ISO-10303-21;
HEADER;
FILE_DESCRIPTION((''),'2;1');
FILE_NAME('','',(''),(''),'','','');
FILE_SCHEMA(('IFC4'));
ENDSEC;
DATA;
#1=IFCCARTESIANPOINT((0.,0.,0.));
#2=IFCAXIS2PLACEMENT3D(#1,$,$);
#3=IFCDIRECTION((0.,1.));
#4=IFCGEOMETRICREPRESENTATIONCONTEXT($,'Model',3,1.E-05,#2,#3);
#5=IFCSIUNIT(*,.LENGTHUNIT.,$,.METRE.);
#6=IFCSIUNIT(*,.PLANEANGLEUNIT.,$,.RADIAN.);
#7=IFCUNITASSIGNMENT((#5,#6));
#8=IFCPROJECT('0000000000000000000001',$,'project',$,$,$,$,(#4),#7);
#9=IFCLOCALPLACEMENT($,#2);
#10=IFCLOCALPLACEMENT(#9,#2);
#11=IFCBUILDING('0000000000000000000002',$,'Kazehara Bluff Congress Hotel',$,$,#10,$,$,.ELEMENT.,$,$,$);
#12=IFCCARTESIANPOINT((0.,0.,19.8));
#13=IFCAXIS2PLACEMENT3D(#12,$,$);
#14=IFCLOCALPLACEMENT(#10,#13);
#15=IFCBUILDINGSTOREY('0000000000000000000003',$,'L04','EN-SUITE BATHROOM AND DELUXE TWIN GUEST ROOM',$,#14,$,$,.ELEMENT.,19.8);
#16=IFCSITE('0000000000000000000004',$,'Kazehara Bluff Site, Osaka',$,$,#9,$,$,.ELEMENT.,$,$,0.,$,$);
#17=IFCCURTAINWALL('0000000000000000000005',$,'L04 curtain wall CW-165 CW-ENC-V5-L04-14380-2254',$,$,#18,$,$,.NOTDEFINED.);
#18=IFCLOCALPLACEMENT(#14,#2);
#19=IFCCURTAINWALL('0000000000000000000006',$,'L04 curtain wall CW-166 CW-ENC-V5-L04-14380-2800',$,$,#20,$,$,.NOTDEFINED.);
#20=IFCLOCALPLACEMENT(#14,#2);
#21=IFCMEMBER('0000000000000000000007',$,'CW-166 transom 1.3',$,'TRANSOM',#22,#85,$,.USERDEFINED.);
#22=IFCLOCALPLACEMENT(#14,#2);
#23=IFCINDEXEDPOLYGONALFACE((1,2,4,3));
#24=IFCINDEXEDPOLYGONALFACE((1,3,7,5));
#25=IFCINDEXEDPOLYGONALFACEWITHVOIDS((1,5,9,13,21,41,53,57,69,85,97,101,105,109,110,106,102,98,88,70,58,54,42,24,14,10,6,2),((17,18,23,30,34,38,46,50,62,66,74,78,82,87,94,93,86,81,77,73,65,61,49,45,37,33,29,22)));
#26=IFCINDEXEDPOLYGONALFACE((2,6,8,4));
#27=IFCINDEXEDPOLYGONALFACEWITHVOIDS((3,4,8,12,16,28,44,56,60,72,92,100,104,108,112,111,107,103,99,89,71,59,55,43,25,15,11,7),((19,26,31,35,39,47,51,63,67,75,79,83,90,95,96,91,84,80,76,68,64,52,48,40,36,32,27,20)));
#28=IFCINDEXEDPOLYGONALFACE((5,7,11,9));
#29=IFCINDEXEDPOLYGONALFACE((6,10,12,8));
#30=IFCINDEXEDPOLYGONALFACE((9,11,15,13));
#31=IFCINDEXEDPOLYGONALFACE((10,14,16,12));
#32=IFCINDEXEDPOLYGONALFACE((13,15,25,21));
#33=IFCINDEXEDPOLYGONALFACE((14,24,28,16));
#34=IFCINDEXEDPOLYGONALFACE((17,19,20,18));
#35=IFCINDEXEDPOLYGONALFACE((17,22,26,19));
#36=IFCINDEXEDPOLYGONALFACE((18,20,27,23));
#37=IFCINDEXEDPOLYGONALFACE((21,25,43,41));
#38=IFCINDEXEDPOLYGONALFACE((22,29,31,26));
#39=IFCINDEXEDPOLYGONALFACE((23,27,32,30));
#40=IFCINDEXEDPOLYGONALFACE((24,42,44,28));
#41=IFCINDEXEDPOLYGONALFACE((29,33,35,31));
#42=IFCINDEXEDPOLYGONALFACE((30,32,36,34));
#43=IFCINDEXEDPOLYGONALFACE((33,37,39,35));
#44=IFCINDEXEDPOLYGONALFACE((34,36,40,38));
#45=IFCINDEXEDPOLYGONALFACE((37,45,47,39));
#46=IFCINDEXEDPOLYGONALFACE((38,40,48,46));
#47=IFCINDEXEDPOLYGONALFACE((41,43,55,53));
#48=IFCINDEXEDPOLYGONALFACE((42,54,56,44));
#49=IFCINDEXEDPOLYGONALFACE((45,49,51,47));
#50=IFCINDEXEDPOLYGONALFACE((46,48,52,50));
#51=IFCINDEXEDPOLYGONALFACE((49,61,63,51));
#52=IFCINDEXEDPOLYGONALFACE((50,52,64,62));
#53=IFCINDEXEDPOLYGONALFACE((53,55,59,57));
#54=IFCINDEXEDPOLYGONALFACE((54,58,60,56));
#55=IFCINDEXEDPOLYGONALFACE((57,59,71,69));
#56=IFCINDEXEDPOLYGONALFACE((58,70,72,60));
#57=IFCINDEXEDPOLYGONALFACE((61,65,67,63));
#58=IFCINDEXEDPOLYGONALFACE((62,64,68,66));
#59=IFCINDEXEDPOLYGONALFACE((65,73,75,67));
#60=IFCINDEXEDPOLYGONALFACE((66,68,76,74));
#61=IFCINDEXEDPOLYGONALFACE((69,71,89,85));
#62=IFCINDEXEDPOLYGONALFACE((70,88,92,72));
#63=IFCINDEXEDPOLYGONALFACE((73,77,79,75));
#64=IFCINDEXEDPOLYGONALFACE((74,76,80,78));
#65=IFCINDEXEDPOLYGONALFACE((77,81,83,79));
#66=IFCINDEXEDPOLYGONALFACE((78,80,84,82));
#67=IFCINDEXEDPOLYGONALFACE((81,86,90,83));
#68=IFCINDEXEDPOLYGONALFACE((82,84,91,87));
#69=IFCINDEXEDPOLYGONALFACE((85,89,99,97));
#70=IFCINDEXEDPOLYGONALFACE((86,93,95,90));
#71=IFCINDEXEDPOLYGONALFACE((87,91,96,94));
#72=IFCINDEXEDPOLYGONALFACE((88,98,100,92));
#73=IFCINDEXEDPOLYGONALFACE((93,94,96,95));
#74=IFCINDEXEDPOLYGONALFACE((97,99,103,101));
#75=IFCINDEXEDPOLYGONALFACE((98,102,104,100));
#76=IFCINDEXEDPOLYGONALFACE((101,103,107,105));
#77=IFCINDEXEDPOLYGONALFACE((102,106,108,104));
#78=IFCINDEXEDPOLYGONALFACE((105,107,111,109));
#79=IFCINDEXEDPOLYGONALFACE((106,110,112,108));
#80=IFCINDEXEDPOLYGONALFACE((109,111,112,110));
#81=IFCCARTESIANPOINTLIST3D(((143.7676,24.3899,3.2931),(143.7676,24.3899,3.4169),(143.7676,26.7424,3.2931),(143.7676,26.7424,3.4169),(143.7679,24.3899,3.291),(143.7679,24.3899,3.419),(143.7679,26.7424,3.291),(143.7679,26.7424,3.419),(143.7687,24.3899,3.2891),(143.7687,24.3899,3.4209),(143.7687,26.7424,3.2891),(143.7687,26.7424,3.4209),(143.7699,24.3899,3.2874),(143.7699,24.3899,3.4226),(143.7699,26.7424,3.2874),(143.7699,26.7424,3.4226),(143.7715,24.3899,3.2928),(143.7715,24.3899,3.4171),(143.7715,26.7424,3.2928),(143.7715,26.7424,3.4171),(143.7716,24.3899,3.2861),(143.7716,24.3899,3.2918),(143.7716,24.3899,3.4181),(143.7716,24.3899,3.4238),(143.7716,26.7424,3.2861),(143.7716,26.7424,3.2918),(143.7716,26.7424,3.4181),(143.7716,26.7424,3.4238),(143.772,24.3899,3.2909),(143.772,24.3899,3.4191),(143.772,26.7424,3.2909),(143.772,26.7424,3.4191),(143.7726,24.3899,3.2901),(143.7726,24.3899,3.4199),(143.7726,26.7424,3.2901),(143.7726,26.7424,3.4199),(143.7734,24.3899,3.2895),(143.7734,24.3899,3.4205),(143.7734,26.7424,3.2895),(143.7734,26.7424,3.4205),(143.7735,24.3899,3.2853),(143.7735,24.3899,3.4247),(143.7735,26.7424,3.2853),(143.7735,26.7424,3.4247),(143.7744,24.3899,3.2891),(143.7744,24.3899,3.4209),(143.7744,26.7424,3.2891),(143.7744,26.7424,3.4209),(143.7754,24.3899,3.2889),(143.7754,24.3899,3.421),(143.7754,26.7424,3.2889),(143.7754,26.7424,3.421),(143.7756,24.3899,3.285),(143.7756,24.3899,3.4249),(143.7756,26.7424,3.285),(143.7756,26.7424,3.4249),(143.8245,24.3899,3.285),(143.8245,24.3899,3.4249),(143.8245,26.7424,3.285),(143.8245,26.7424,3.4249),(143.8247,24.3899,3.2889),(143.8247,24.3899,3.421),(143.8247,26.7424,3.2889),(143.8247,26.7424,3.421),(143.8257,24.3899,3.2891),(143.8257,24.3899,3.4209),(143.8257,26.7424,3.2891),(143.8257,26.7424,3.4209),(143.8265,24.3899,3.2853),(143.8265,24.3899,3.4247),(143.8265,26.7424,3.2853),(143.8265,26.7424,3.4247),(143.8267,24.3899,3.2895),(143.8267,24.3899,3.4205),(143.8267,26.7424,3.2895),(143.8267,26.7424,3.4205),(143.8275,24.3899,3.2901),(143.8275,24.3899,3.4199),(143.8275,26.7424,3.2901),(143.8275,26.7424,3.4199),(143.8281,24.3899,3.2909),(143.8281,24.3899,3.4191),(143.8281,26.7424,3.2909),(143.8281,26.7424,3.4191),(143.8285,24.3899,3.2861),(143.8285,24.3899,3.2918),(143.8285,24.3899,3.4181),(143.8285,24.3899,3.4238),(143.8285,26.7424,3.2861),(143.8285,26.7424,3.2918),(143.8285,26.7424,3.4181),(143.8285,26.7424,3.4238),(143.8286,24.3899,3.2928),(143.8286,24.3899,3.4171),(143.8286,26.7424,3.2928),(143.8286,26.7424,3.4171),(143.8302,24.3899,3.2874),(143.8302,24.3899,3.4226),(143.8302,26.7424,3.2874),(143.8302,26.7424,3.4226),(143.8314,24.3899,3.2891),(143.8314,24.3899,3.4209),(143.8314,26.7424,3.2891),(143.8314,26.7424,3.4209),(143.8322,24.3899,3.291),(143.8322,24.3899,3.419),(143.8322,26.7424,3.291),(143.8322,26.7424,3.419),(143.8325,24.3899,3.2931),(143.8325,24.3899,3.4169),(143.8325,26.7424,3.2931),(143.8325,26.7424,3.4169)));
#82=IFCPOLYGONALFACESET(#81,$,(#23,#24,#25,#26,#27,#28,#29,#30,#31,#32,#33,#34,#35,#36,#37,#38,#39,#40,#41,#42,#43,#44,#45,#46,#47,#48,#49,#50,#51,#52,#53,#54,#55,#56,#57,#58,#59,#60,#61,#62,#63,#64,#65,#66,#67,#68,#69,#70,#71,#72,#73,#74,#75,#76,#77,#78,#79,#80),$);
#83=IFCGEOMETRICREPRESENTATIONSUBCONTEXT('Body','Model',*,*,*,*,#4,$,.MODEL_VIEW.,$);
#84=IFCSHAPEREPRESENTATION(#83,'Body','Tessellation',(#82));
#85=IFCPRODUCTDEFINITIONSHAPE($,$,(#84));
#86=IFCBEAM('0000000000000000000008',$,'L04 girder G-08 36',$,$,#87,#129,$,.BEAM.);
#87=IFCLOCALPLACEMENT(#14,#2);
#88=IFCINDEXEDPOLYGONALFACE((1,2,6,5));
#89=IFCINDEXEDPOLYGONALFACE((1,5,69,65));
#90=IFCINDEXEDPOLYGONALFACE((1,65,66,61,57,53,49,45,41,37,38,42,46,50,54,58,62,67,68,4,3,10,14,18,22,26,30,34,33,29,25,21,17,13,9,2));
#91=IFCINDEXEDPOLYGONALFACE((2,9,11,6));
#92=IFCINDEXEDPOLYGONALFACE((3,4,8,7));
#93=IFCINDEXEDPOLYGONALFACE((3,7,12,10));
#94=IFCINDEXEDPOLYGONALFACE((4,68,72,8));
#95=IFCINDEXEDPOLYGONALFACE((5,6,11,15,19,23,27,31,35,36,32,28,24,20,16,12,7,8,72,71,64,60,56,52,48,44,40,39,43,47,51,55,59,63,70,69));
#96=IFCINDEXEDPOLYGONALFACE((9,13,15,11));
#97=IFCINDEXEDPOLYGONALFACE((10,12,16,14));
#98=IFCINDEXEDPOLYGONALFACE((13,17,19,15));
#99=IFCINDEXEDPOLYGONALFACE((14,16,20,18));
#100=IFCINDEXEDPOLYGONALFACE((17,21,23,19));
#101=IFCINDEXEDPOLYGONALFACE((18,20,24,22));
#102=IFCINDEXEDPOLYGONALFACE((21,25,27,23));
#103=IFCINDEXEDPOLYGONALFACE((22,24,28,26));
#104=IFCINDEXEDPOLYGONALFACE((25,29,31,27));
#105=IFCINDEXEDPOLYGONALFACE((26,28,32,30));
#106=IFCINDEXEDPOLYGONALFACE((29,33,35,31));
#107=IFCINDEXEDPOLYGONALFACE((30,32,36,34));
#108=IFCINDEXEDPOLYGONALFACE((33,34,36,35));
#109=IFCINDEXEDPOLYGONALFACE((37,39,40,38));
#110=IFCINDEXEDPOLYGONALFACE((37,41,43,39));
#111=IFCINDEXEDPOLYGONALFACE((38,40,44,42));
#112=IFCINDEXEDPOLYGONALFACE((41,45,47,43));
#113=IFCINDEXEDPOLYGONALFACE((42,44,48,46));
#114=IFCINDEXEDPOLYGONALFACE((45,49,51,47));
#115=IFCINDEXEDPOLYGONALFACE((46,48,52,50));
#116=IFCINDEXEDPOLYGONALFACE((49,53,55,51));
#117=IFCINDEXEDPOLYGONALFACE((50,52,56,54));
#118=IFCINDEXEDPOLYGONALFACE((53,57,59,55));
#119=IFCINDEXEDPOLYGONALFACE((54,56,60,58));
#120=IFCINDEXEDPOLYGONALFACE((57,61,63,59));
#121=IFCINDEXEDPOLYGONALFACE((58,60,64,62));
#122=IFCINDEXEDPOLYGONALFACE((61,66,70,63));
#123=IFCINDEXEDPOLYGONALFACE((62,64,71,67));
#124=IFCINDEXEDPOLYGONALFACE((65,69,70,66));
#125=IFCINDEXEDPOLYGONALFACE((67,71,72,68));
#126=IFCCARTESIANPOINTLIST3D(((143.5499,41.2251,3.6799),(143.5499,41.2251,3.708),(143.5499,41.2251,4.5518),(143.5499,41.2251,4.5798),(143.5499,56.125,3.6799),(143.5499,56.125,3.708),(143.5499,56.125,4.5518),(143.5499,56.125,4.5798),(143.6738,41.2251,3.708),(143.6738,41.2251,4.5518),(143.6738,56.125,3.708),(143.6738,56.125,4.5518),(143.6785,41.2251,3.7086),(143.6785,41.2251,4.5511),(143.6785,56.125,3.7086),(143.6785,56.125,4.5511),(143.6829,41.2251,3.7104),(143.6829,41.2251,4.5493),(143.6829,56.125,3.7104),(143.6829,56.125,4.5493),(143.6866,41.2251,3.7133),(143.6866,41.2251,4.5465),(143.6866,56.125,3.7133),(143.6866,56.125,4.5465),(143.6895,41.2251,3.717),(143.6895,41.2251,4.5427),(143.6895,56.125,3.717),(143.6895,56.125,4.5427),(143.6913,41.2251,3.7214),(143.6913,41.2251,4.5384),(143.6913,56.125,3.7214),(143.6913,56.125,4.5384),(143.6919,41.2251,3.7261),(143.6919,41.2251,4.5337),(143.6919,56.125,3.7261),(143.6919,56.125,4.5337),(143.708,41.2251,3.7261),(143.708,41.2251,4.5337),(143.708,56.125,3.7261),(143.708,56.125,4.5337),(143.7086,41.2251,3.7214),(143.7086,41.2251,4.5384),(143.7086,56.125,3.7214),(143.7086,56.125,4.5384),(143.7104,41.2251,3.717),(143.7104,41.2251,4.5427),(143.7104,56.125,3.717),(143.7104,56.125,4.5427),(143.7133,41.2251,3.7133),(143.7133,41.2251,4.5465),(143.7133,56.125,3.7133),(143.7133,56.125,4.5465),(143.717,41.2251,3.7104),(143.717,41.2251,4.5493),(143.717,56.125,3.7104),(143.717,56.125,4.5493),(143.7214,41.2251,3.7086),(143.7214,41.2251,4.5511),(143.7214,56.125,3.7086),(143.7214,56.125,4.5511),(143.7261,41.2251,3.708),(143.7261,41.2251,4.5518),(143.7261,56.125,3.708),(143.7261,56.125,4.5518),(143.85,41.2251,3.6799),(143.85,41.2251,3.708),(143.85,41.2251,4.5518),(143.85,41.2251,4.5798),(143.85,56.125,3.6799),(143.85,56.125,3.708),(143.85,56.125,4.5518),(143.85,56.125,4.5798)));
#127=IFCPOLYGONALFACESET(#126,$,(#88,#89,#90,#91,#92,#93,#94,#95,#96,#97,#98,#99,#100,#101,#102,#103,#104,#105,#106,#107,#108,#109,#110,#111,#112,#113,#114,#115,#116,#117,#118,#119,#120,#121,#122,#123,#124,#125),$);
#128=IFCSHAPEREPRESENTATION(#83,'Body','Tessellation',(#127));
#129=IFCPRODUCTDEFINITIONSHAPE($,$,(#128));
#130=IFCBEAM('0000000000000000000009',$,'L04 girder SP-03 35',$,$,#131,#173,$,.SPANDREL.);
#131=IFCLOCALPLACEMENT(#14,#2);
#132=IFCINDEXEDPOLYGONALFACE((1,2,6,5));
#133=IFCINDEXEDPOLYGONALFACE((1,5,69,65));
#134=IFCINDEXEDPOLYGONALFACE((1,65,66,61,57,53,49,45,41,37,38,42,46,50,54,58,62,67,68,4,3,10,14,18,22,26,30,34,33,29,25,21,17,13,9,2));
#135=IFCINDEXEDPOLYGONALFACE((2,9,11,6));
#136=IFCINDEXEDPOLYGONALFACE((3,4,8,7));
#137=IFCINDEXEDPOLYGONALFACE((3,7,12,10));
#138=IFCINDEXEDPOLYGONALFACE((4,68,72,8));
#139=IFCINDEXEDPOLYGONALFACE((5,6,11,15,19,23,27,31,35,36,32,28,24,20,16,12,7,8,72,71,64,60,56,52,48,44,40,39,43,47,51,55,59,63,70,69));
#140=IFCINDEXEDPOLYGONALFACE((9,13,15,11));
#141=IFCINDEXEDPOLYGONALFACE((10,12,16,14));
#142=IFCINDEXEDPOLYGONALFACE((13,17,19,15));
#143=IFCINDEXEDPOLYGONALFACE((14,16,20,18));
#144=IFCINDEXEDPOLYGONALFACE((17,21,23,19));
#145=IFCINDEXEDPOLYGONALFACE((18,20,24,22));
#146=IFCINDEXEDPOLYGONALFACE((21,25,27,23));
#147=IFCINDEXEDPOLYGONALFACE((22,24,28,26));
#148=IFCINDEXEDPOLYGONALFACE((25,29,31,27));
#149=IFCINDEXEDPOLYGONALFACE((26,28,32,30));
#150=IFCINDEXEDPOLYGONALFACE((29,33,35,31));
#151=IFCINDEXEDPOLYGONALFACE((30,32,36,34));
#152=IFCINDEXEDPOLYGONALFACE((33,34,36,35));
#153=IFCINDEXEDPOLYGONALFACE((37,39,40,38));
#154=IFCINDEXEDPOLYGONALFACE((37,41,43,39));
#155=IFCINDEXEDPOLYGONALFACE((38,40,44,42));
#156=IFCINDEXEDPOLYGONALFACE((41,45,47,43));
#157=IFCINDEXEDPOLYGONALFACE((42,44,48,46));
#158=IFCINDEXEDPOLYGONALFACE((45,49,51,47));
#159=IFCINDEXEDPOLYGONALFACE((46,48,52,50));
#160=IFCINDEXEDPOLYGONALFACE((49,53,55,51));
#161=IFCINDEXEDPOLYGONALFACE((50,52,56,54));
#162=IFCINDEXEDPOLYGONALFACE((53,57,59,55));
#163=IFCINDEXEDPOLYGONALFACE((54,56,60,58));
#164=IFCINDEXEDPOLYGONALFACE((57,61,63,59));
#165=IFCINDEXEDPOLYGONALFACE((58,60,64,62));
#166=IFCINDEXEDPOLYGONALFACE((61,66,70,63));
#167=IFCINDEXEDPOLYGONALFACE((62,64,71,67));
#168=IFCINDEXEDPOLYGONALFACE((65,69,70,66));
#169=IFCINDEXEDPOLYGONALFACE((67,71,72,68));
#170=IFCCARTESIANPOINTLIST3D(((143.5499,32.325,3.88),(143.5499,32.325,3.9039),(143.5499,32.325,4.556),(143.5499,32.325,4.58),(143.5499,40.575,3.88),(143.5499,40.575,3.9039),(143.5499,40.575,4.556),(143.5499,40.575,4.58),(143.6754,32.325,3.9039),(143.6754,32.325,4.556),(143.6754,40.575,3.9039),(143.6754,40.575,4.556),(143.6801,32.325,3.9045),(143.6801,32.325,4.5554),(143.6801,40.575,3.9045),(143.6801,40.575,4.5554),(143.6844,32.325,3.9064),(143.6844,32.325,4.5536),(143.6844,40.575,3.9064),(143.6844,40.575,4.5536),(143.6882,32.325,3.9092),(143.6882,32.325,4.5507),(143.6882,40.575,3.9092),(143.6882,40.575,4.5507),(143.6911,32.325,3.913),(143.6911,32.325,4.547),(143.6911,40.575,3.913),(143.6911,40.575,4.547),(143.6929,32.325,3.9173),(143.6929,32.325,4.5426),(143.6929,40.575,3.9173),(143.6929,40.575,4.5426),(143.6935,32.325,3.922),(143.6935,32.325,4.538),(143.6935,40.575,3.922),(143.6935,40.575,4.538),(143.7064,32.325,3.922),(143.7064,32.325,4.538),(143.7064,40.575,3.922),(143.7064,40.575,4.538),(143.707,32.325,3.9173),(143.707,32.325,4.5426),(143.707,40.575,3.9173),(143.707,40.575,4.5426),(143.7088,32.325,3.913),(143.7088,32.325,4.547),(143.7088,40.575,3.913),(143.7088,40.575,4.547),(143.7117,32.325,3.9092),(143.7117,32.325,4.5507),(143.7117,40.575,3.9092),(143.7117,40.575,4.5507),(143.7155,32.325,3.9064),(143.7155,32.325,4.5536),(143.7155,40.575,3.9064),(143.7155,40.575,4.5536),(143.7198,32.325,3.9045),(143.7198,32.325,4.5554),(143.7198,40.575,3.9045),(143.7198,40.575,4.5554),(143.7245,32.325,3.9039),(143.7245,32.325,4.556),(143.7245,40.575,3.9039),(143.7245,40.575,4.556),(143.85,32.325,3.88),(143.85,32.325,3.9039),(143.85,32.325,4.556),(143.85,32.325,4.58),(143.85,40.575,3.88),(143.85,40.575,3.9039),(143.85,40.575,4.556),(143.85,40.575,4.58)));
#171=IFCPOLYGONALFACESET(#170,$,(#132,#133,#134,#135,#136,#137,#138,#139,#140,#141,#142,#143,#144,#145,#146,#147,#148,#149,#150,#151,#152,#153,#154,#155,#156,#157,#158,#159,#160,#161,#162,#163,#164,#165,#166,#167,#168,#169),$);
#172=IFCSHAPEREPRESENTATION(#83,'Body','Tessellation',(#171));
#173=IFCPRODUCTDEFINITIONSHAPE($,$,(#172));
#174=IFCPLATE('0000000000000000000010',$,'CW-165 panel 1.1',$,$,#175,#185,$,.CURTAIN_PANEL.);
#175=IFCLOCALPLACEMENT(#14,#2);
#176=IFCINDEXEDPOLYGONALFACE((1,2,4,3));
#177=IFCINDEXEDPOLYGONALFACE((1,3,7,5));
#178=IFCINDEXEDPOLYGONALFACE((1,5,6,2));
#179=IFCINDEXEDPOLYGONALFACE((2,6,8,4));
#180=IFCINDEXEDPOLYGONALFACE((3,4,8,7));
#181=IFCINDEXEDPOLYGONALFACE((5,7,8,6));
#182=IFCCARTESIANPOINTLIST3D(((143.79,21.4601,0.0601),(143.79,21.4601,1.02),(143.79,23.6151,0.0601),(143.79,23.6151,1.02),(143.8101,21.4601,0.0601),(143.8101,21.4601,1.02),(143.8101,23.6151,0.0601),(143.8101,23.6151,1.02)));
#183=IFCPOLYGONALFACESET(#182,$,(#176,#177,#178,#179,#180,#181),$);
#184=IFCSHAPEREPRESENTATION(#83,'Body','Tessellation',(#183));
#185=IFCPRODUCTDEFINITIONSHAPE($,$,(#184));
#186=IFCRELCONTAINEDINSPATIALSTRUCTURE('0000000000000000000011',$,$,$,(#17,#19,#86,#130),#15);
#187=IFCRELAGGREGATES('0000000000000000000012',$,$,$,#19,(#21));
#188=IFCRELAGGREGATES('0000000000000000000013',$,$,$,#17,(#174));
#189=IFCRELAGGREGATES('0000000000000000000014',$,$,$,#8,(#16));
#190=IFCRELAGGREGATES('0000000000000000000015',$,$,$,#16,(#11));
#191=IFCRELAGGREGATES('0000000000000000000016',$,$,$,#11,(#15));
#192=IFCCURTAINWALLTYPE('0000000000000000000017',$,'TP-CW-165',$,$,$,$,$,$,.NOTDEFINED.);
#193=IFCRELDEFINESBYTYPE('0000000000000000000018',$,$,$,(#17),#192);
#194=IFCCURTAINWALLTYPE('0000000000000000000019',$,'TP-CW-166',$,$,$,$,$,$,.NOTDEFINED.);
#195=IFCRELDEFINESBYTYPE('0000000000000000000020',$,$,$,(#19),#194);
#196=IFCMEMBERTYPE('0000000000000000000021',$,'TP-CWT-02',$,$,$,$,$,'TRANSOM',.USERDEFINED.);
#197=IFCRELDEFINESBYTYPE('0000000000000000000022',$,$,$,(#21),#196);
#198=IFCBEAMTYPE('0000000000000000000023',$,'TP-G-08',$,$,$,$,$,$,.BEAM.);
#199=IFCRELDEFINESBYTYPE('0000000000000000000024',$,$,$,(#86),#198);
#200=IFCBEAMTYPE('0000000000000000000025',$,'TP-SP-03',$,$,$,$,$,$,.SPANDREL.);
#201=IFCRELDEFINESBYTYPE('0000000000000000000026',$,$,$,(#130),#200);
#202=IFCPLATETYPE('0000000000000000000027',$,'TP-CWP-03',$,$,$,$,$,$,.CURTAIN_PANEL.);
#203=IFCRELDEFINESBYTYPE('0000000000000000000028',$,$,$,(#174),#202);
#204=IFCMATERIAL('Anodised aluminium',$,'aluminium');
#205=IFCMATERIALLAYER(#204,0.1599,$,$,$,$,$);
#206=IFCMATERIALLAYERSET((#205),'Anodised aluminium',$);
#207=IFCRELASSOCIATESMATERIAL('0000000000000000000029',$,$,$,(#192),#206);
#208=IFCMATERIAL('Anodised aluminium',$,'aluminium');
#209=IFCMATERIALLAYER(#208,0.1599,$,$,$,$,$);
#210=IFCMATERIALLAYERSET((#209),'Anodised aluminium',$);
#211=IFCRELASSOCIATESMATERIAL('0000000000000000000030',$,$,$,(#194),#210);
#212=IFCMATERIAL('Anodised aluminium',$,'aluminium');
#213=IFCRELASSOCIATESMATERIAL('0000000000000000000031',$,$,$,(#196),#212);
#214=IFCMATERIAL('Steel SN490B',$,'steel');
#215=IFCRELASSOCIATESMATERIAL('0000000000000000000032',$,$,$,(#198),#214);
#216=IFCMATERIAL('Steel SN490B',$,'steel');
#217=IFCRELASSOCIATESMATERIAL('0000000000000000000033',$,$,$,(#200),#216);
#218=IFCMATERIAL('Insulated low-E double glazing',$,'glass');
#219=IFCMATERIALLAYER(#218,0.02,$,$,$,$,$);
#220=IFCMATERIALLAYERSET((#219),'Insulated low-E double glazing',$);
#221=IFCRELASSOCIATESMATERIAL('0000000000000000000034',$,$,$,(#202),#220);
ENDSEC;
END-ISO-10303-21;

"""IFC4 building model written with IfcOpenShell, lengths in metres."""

from ifc_helpers import new_model, si_unit, direction, frame, origin, origin_2d, place, context, subcontext, project, spatial, rectangle, hollow_rectangle, i_section, extrude, material, layer, layer_set, material_profile, profile_set, type_object, element, aggregate, save


model = new_model("IFC4")

# Units and contexts
model_context = context("Model", 3, precision=1e-05, world=origin(), true_north=direction((0.0, 1.0)))
body_context = subcontext(model_context, "Body", "Model", "MODEL_VIEW")
ifc_project = project(units=[si_unit("LENGTHUNIT", "METRE"), si_unit("PLANEANGLEUNIT", "RADIAN")], contexts=[model_context])

# Site, building, storey
site_placement = place(None, origin())
site = spatial("IfcSite", under=ifc_project, at=site_placement, Name="Kazehara Bluff Site, Osaka", CompositionType="ELEMENT", RefElevation=0.0)
building_placement = place(site_placement, origin())
building = spatial("IfcBuilding", under=site, at=building_placement, Name="Kazehara Bluff Congress Hotel", CompositionType="ELEMENT")
storey_placement = place(building_placement, frame((0.0, 0.0, 19.8)))
storey = spatial("IfcBuildingStorey", under=building, at=storey_placement, Name="L04", Description="EN-SUITE BATHROOM AND DELUXE TWIN GUEST ROOM", CompositionType="ELEMENT", Elevation=19.8)

# Curtain wall
ifc_material_1 = material(Name="Anodised aluminium", Category="aluminium")
ifc_layer_1 = layer(ifc_material_1, 0.1599)
ifc_layer_set_1 = layer_set([ifc_layer_1], Name="Anodised aluminium")
curtain_wall_type_1 = type_object("IfcCurtainWallType", Name="TP-CW-165", PredefinedType="NOTDEFINED", material=ifc_layer_set_1)
curtain_wall_1_placement = place(storey_placement, origin())
curtain_wall_1 = element("IfcCurtainWall", 1, at=curtain_wall_1_placement, inside=storey, type_object=curtain_wall_type_1, Name="L04 curtain wall CW-165 CW-ENC-V5-L04-14380-2254", PredefinedType="NOTDEFINED")

# Curtain wall
ifc_material_2 = material(Name="Anodised aluminium", Category="aluminium")
ifc_layer_2 = layer(ifc_material_2, 0.1599)
ifc_layer_set_2 = layer_set([ifc_layer_2], Name="Anodised aluminium")
curtain_wall_type_2 = type_object("IfcCurtainWallType", Name="TP-CW-166", PredefinedType="NOTDEFINED", material=ifc_layer_set_2)
curtain_wall_2_placement = place(storey_placement, origin())
curtain_wall_2 = element("IfcCurtainWall", 2, at=curtain_wall_2_placement, inside=storey, type_object=curtain_wall_type_2, Name="L04 curtain wall CW-166 CW-ENC-V5-L04-14380-2800", PredefinedType="NOTDEFINED")

# Member
ifc_material_3 = material(Name="Anodised aluminium", Category="aluminium")
ifc_material_profile_1 = material_profile(ifc_material_3, hollow_rectangle(XDim=0.0649, YDim=0.1399, WallThickness=0.0039, InnerFilletRadius=0.0039, OuterFilletRadius=0.0081, at=origin_2d()))
ifc_profile_set_1 = profile_set([ifc_material_profile_1], Name="Anodised aluminium")
member_type_1 = type_object("IfcMemberType", Name="TP-CWT-02", ElementType="TRANSOM", PredefinedType="USERDEFINED", material=ifc_profile_set_1)
member_1_placement = place(storey_placement, frame((143.8, 24.3899, 3.355), z_axis=(0.0, 1.0, 0.0), x_axis=(-1.0, 0.0, 0.0)))
member_1 = element("IfcMember", 3, at=member_1_placement, type_object=member_type_1, Name="CW-166 transom 1.3", ObjectType="TRANSOM", PredefinedType="USERDEFINED", context=body_context, shape_type="SweptSolid", body=[
    extrude(hollow_rectangle(XDim=0.0649, YDim=0.1399, WallThickness=0.0039, InnerFilletRadius=0.0039, OuterFilletRadius=0.0081, at=origin_2d()), origin(), (0.0, 0.0, 1.0), 2.3525),
])
aggregate(curtain_wall_2, [member_1])

# Beams
ifc_material_4 = material(Name="Steel SN490B", Category="steel")
ifc_material_profile_2 = material_profile(ifc_material_4, i_section(OverallWidth=0.3, OverallDepth=0.8999, WebThickness=0.0161, FlangeThickness=0.0281, FilletRadius=0.0181, at=origin_2d()))
ifc_profile_set_2 = profile_set([ifc_material_profile_2], Name="Steel SN490B")
beam_type_1 = type_object("IfcBeamType", Name="TP-G-08", PredefinedType="BEAM", material=ifc_profile_set_2)
beam_1_placement = place(storey_placement, frame((143.7, 41.2251, 4.1299), z_axis=(0.0, 1.0, 0.0), x_axis=(-1.0, 0.0, 0.0)))
element("IfcBeam", 4, at=beam_1_placement, inside=storey, type_object=beam_type_1, Name="L04 girder G-08 36", PredefinedType="BEAM", context=body_context, shape_type="SweptSolid", body=[
    extrude(i_section(OverallWidth=0.3, OverallDepth=0.8999, WebThickness=0.0161, FlangeThickness=0.0281, FilletRadius=0.0181, at=origin_2d()), origin(), (0.0, 0.0, 1.0), 14.8999),
])
ifc_material_5 = material(Name="Steel SN490B", Category="steel")
ifc_material_profile_3 = material_profile(ifc_material_5, i_section(OverallWidth=0.3, OverallDepth=0.7, WebThickness=0.0129, FlangeThickness=0.0239, FilletRadius=0.0181, at=origin_2d()))
ifc_profile_set_3 = profile_set([ifc_material_profile_3], Name="Steel SN490B")
beam_type_2 = type_object("IfcBeamType", Name="TP-SP-03", PredefinedType="SPANDREL", material=ifc_profile_set_3)
beam_2_placement = place(storey_placement, frame((143.7, 32.325, 4.23), z_axis=(0.0, 1.0, 0.0), x_axis=(-1.0, 0.0, 0.0)))
element("IfcBeam", 5, at=beam_2_placement, inside=storey, type_object=beam_type_2, Name="L04 girder SP-03 35", PredefinedType="SPANDREL", context=body_context, shape_type="SweptSolid", body=[
    extrude(i_section(OverallWidth=0.3, OverallDepth=0.7, WebThickness=0.0129, FlangeThickness=0.0239, FilletRadius=0.0181, at=origin_2d()), origin(), (0.0, 0.0, 1.0), 8.25),
])

# Plate
ifc_material_6 = material(Name="Insulated low-E double glazing", Category="glass")
ifc_layer_3 = layer(ifc_material_6, 0.02)
ifc_layer_set_3 = layer_set([ifc_layer_3], Name="Insulated low-E double glazing")
plate_type = type_object("IfcPlateType", Name="TP-CWP-03", PredefinedType="CURTAIN_PANEL", material=ifc_layer_set_3)
plate_1_placement = place(storey_placement, frame((143.8, 22.5376, 0.0601), z_axis=(0.0, 0.0, 1.0), x_axis=(0.0, 1.0, 0.0)))
plate_1 = element("IfcPlate", 6, at=plate_1_placement, type_object=plate_type, Name="CW-165 panel 1.1", PredefinedType="CURTAIN_PANEL", context=body_context, shape_type="SweptSolid", body=[
    extrude(rectangle(XDim=2.155, YDim=0.02, at=origin_2d()), origin(), (0.0, 0.0, 1.0), 0.96),
])
aggregate(curtain_wall_1, [plate_1])

save(model, "model.ifc")
